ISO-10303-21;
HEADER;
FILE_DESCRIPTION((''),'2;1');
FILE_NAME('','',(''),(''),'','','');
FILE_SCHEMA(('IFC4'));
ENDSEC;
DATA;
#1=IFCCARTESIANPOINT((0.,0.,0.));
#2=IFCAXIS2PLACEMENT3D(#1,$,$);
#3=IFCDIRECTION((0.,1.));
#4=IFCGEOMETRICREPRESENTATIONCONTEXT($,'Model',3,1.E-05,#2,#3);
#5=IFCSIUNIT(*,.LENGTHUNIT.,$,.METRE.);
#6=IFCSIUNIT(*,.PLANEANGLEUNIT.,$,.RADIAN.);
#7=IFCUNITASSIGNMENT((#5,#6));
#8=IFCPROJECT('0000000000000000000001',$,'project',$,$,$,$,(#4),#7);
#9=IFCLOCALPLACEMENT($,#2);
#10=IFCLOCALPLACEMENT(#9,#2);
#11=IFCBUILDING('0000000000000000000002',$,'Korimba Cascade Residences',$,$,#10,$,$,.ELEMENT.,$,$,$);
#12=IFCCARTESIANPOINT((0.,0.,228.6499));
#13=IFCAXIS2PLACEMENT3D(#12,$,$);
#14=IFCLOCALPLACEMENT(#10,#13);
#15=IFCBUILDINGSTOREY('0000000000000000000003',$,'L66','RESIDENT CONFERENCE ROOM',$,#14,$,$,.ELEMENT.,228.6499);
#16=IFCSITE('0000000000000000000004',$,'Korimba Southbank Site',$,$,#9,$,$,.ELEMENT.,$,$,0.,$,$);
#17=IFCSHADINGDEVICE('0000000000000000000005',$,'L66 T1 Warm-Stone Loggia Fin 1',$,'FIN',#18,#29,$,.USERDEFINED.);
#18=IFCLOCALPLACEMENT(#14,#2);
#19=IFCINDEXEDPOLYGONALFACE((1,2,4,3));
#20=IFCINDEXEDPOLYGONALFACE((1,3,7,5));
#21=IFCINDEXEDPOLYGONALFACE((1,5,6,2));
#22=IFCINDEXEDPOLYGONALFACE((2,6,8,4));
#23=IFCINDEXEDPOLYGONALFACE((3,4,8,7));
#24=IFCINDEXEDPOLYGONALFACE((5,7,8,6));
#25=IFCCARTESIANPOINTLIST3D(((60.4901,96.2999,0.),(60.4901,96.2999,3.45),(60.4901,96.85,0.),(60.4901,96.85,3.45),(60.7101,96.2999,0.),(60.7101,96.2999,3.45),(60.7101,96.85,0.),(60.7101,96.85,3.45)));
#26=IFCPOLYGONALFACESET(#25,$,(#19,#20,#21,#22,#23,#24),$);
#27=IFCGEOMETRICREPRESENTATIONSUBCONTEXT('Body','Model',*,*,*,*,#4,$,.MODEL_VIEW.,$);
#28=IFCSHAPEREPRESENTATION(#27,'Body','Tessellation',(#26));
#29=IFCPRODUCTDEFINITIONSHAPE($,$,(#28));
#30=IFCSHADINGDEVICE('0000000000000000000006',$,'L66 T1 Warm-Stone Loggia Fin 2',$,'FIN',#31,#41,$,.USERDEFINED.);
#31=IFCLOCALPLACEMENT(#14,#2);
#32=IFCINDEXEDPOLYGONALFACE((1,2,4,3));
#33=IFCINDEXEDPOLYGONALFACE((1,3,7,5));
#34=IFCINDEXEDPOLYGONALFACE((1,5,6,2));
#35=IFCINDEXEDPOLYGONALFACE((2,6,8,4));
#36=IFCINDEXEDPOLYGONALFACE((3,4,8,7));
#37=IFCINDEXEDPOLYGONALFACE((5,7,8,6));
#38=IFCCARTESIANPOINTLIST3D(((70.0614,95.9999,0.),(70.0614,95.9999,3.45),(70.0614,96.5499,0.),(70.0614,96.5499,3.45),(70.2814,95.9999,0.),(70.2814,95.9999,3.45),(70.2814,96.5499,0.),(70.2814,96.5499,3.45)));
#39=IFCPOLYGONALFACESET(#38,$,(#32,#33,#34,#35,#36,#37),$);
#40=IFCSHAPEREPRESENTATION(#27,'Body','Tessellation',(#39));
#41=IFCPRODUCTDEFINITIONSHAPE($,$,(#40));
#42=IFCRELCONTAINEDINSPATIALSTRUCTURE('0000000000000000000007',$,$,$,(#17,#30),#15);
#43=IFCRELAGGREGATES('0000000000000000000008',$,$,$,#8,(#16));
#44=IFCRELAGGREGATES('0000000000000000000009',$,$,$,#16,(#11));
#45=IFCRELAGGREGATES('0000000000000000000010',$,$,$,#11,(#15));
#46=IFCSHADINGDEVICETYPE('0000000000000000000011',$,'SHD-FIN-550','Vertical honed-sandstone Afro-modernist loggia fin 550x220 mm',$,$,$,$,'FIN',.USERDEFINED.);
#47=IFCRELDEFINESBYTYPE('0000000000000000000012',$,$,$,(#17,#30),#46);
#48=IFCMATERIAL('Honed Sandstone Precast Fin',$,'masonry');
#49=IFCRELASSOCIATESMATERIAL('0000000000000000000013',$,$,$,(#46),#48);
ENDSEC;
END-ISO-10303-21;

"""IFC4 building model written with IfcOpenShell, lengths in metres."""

from ifc_helpers import new_model, si_unit, direction, frame, origin, origin_2d, place, context, subcontext, project, spatial, rectangle, extrude, material, type_object, element, save


model = new_model("IFC4")

# Units and contexts
model_context = context("Model", 3, precision=1e-05, world=origin(), true_north=direction((0.0, 1.0)))
body_context = subcontext(model_context, "Body", "Model", "MODEL_VIEW")
ifc_project = project(units=[si_unit("LENGTHUNIT", "METRE"), si_unit("PLANEANGLEUNIT", "RADIAN")], contexts=[model_context])

# Site, building, storey
site_placement = place(None, origin())
site = spatial("IfcSite", under=ifc_project, at=site_placement, Name="Korimba Southbank Site", CompositionType="ELEMENT", RefElevation=0.0)
building_placement = place(site_placement, origin())
building = spatial("IfcBuilding", under=site, at=building_placement, Name="Korimba Cascade Residences", CompositionType="ELEMENT")
storey_placement = place(building_placement, frame((0.0, 0.0, 228.6499)))
storey = spatial("IfcBuildingStorey", under=building, at=storey_placement, Name="L66", Description="RESIDENT CONFERENCE ROOM", CompositionType="ELEMENT", Elevation=228.6499)

# Shading devices
ifc_material_1 = material(Name="Honed Sandstone Precast Fin", Category="masonry")
shading_device_type = type_object("IfcShadingDeviceType", Name="SHD-FIN-550", Description="Vertical honed-sandstone Afro-modernist loggia fin 550x220 mm", ElementType="FIN", PredefinedType="USERDEFINED", material=ifc_material_1)
for number, where, z_axis, x_axis, name in (
    (1, (60.6001, 96.575, 0.0), (0.0, 0.0, 1.0), (1.0, 0.0, 0.0), "L66 T1 Warm-Stone Loggia Fin 1"),
    (2, (70.1714, 96.2749, 0.0), (0.0, 0.0, 1.0), (1.0, 0.0, 0.0), "L66 T1 Warm-Stone Loggia Fin 2"),
):
    element("IfcShadingDevice", number, at=place(storey_placement, frame(where, z_axis=z_axis, x_axis=x_axis)), inside=storey, type_object=shading_device_type, Name=name, ObjectType="FIN", PredefinedType="USERDEFINED", context=body_context, shape_type="SweptSolid", body=[
        extrude(rectangle(XDim=0.22, YDim=0.55, at=origin_2d()), origin(), (0.0, 0.0, 1.0), 3.45),
    ])

save(model, "model.ifc")
